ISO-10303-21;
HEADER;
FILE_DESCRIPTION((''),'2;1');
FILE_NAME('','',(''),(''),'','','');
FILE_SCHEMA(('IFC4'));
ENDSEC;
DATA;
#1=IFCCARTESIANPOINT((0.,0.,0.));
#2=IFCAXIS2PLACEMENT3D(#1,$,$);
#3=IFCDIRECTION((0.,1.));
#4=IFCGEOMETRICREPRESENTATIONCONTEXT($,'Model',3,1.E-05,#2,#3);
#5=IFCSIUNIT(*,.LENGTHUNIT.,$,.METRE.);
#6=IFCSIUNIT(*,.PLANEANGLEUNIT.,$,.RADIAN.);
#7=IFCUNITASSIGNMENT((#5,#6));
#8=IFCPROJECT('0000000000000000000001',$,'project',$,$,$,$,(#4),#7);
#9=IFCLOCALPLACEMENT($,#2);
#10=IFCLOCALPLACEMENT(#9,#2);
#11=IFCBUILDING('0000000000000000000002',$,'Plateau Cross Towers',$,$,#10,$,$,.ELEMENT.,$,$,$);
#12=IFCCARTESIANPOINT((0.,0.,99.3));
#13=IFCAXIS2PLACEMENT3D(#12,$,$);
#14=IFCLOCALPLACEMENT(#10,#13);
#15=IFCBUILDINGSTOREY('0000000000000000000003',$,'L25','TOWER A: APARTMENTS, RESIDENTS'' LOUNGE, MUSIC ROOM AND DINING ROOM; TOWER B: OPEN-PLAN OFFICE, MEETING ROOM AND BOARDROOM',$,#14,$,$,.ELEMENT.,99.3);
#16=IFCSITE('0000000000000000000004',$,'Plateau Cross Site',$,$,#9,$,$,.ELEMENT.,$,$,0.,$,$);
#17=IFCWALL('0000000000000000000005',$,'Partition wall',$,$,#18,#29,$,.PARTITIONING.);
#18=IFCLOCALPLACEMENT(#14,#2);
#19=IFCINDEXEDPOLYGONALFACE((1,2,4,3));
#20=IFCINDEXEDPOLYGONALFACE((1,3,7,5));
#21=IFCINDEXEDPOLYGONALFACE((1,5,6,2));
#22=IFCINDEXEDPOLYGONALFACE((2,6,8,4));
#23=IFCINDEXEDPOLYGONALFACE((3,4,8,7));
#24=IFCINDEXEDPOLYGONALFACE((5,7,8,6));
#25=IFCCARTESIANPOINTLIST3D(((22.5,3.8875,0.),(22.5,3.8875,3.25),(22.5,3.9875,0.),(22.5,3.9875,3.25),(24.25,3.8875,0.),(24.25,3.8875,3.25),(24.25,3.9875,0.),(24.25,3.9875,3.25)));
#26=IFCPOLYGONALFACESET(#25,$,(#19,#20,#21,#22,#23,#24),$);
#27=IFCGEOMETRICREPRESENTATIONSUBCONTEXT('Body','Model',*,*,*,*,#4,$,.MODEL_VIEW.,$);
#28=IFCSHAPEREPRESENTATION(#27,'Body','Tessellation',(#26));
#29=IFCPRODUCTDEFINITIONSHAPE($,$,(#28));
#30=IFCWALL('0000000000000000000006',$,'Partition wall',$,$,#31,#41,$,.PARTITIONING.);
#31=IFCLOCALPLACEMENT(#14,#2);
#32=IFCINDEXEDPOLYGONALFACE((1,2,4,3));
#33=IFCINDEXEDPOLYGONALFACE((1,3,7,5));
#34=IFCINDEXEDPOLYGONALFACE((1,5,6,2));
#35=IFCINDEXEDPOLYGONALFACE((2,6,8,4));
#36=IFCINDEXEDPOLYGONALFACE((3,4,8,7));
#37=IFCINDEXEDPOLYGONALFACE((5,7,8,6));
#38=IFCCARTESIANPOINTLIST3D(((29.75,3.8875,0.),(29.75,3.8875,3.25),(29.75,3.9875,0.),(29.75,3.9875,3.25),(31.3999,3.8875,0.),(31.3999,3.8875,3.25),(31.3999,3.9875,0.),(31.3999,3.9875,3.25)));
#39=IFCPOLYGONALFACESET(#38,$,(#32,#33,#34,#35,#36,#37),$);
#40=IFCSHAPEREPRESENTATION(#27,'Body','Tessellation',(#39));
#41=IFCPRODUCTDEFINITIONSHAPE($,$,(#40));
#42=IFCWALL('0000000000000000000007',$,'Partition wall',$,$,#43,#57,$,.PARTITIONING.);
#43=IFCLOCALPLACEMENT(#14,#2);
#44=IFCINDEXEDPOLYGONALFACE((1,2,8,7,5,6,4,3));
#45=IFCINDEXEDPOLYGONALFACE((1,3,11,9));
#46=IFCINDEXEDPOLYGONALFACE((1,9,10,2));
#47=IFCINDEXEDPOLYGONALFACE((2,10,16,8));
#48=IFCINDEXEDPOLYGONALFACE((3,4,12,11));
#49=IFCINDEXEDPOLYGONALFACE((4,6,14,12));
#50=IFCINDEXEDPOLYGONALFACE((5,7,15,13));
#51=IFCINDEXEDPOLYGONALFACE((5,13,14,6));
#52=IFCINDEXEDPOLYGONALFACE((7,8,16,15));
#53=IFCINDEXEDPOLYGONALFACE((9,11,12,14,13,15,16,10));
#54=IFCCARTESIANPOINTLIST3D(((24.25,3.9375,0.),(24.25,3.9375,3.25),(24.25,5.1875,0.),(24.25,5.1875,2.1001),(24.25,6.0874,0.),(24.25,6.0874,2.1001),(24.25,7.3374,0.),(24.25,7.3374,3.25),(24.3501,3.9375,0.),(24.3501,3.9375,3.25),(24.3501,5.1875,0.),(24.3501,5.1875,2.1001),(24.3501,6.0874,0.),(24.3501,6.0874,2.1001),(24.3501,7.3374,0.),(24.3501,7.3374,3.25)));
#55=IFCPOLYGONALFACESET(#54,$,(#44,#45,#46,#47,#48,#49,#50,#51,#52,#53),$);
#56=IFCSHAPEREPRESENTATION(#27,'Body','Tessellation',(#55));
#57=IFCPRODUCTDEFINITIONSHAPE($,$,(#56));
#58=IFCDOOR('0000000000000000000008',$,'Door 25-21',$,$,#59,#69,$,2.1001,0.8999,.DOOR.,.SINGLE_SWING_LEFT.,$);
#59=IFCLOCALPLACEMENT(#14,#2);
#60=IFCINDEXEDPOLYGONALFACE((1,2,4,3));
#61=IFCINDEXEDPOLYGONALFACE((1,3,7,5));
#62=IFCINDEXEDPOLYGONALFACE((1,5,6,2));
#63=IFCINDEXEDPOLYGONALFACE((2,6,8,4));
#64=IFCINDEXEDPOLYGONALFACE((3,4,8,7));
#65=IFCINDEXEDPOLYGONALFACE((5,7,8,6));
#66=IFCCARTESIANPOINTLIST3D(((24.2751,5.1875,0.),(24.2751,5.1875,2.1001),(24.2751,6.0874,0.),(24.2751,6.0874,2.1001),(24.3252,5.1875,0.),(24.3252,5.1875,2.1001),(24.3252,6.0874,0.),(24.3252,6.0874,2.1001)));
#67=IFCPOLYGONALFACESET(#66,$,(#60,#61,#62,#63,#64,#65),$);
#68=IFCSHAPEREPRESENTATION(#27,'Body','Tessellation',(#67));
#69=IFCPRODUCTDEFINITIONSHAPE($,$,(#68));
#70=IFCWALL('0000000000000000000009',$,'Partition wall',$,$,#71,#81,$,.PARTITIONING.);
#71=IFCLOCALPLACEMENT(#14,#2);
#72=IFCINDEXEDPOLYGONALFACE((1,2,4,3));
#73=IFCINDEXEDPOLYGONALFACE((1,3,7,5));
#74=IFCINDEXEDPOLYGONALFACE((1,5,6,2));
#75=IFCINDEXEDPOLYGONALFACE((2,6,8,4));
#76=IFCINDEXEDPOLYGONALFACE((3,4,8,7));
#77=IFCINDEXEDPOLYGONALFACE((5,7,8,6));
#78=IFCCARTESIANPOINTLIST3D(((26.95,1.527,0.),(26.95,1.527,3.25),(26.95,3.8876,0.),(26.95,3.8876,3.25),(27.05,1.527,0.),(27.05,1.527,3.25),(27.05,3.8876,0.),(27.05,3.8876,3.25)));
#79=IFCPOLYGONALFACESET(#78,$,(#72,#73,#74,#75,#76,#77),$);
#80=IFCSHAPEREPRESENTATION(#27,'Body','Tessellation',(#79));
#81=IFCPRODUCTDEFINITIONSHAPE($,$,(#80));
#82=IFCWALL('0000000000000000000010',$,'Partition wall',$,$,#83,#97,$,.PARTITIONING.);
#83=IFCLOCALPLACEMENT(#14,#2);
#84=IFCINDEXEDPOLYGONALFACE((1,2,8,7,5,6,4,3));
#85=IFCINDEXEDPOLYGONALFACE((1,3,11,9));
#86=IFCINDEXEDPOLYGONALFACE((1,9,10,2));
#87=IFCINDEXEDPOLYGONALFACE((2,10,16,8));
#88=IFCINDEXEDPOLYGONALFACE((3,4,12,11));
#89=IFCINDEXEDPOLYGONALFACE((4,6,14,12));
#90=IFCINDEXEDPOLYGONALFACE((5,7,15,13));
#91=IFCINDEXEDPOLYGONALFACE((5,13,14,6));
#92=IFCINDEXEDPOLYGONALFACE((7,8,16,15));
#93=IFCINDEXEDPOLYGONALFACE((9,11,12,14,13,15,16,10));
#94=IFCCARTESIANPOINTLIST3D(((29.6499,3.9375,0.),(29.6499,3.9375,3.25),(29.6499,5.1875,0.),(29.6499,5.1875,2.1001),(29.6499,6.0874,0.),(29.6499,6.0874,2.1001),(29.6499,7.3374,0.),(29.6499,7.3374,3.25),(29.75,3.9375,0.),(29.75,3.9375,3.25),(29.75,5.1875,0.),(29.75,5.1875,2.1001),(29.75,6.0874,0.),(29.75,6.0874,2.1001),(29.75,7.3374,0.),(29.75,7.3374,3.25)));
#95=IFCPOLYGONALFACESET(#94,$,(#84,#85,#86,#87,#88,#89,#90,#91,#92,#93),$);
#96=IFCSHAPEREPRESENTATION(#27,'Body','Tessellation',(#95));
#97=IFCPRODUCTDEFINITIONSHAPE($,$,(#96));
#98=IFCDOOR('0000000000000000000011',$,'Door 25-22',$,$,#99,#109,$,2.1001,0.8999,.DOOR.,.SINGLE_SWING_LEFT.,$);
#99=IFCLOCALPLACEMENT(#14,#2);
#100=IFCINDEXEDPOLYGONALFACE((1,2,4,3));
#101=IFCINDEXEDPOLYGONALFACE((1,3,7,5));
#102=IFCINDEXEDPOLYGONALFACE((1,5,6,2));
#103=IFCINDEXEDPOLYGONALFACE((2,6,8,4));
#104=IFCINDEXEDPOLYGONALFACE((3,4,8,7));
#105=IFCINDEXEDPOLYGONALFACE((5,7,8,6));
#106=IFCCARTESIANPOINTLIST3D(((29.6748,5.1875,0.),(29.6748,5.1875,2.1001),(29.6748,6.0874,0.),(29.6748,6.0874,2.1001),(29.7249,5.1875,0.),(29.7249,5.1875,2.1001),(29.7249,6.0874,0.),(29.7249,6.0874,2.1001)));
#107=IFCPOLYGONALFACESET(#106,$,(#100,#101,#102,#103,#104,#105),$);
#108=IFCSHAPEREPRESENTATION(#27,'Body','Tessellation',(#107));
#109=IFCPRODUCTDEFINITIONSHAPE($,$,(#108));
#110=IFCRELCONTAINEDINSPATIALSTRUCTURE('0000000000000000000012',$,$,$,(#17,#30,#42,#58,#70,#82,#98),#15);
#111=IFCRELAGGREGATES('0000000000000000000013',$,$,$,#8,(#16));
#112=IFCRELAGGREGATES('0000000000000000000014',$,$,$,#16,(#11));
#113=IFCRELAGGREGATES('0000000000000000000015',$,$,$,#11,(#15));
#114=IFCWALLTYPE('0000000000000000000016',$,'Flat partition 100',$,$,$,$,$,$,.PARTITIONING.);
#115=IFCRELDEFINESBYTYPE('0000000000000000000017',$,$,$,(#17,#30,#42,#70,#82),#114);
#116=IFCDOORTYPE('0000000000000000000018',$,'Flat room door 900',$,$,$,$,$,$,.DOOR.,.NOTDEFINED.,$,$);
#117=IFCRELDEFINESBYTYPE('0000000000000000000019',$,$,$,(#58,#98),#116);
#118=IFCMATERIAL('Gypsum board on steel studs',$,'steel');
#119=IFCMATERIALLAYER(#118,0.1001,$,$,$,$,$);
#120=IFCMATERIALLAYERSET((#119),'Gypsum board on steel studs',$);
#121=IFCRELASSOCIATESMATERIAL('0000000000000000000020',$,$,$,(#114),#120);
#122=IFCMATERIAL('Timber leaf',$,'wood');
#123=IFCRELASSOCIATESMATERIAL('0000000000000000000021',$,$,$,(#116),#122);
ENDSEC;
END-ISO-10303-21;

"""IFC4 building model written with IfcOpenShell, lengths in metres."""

from ifc_helpers import new_model, si_unit, direction, frame, frame_2d, origin, place, context, subcontext, project, spatial, rectangle, extrude, material, layer, layer_set, type_object, element, fill, save


model = new_model("IFC4")

# Units and contexts
model_context = context("Model", 3, precision=1e-05, world=origin(), true_north=direction((0.0, 1.0)))
body_context = subcontext(model_context, "Body", "Model", "MODEL_VIEW")
ifc_project = project(units=[si_unit("LENGTHUNIT", "METRE"), si_unit("PLANEANGLEUNIT", "RADIAN")], contexts=[model_context])

# Site, building, storey
site_placement = place(None, origin())
site = spatial("IfcSite", under=ifc_project, at=site_placement, Name="Plateau Cross Site", CompositionType="ELEMENT", RefElevation=0.0)
building_placement = place(site_placement, origin())
building = spatial("IfcBuilding", under=site, at=building_placement, Name="Plateau Cross Towers", CompositionType="ELEMENT")
storey_placement = place(building_placement, frame((0.0, 0.0, 99.3)))
storey = spatial("IfcBuildingStorey", under=building, at=storey_placement, Name="L25", Description="TOWER A: APARTMENTS, RESIDENTS' LOUNGE, MUSIC ROOM AND DINING ROOM; TOWER B: OPEN-PLAN OFFICE, MEETING ROOM AND BOARDROOM", CompositionType="ELEMENT", Elevation=99.3)

# Shared definitions
ifc_material_1 = material(Name="Gypsum board on steel studs", Category="steel")
ifc_layer_1 = layer(ifc_material_1, 0.1001)
ifc_layer_set_1 = layer_set([ifc_layer_1], Name="Gypsum board on steel studs")
wall_type_1 = type_object("IfcWallType", Name="Flat partition 100", PredefinedType="PARTITIONING", material=ifc_layer_set_1)
ifc_material_2 = material(Name="Timber leaf", Category="wood")
door_type_1 = type_object("IfcDoorType", Name="Flat room door 900", OperationType="NOTDEFINED", PredefinedType="DOOR", material=ifc_material_2)

# Walls
wall_1_placement = place(storey_placement, frame((22.5, 3.9375, 0.0), z_axis=(0.0, 0.0, 1.0), x_axis=(1.0, 0.0, 0.0)))
element("IfcWall", 1, at=wall_1_placement, inside=storey, type_object=wall_type_1, Name="Partition wall", PredefinedType="PARTITIONING", context=body_context, shape_type="SweptSolid", body=[
    extrude(rectangle(XDim=1.75, YDim=0.1001, at=frame_2d((0.875, 0.0))), origin(), (0.0, 0.0, 1.0), 3.25),
])
wall_2_placement = place(storey_placement, frame((29.75, 3.9375, 0.0), z_axis=(0.0, 0.0, 1.0), x_axis=(1.0, 0.0, 0.0)))
element("IfcWall", 2, at=wall_2_placement, inside=storey, type_object=wall_type_1, Name="Partition wall", PredefinedType="PARTITIONING", context=body_context, shape_type="SweptSolid", body=[
    extrude(rectangle(XDim=1.6499, YDim=0.1001, at=frame_2d((0.825, 0.0))), origin(), (0.0, 0.0, 1.0), 3.25),
])

# Wall, opening, door
wall_3_placement = place(storey_placement, frame((24.3, 3.9375, 0.0), z_axis=(0.0, 0.0, 1.0), x_axis=(0.0, 1.0, 0.0)))
wall_3 = element("IfcWall", 3, at=wall_3_placement, inside=storey, type_object=wall_type_1, Name="Partition wall", PredefinedType="PARTITIONING", context=body_context, shape_type="SweptSolid", body=[
    extrude(rectangle(XDim=3.3999, YDim=0.1001, at=frame_2d((1.7, 0.0))), origin(), (0.0, 0.0, 1.0), 3.25),
])
opening_1_placement = place(wall_3_placement, frame((1.25, 0.0, 0.0)))
opening_1 = element("IfcOpeningElement", 4, at=opening_1_placement, cuts=wall_3, PredefinedType="OPENING", context=body_context, shape_type="SweptSolid", body=[
    extrude(rectangle(XDim=0.8999, YDim=2.1001, at=frame_2d((0.45, 1.05))), frame((0.0, 0.0601, 0.0), z_axis=(0.0, -1.0, 0.0), x_axis=(1.0, 0.0, 0.0)), (0.0, 0.0, 1.0), 0.1201),
])
door_1_placement = place(opening_1_placement, origin())
door_1 = element("IfcDoor", 5, at=door_1_placement, inside=storey, type_object=door_type_1, Name="Door 25-21", OperationType="SINGLE_SWING_LEFT", OverallHeight=2.1001, OverallWidth=0.8999, PredefinedType="DOOR", context=body_context, shape_type="SweptSolid", body=[
    extrude(rectangle(XDim=0.8999, YDim=2.1001, at=frame_2d((0.45, 1.05))), frame((0.0, 0.0249, 0.0), z_axis=(0.0, -1.0, 0.0), x_axis=(1.0, 0.0, 0.0)), (0.0, 0.0, 1.0), 0.05),
])
fill(opening_1, door_1)

# Wall
wall_4_placement = place(storey_placement, frame((27.0, 3.8875, 0.0), z_axis=(0.0, 0.0, 1.0), x_axis=(0.0, -1.0, 0.0)))
element("IfcWall", 6, at=wall_4_placement, inside=storey, type_object=wall_type_1, Name="Partition wall", PredefinedType="PARTITIONING", context=body_context, shape_type="SweptSolid", body=[
    extrude(rectangle(XDim=2.3606, YDim=0.1001, at=frame_2d((1.1802, 0.0))), origin(), (0.0, 0.0, 1.0), 3.25),
])

# Wall, opening, door
wall_5_placement = place(storey_placement, frame((29.7, 7.3374, 0.0), z_axis=(0.0, 0.0, 1.0), x_axis=(0.0, -1.0, 0.0)))
wall_5 = element("IfcWall", 7, at=wall_5_placement, inside=storey, type_object=wall_type_1, Name="Partition wall", PredefinedType="PARTITIONING", context=body_context, shape_type="SweptSolid", body=[
    extrude(rectangle(XDim=3.3999, YDim=0.1001, at=frame_2d((1.7, 0.0))), origin(), (0.0, 0.0, 1.0), 3.25),
])
opening_2_placement = place(wall_5_placement, frame((1.25, 0.0, 0.0)))
opening_2 = element("IfcOpeningElement", 8, at=opening_2_placement, cuts=wall_5, PredefinedType="OPENING", context=body_context, shape_type="SweptSolid", body=[
    extrude(rectangle(XDim=0.8999, YDim=2.1001, at=frame_2d((0.45, 1.05))), frame((0.0, 0.0601, 0.0), z_axis=(0.0, -1.0, 0.0), x_axis=(1.0, 0.0, 0.0)), (0.0, 0.0, 1.0), 0.1201),
])
door_2_placement = place(opening_2_placement, origin())
door_2 = element("IfcDoor", 9, at=door_2_placement, inside=storey, type_object=door_type_1, Name="Door 25-22", OperationType="SINGLE_SWING_LEFT", OverallHeight=2.1001, OverallWidth=0.8999, PredefinedType="DOOR", context=body_context, shape_type="SweptSolid", body=[
    extrude(rectangle(XDim=0.8999, YDim=2.1001, at=frame_2d((0.45, 1.05))), frame((0.0, 0.0249, 0.0), z_axis=(0.0, -1.0, 0.0), x_axis=(1.0, 0.0, 0.0)), (0.0, 0.0, 1.0), 0.05),
])
fill(opening_2, door_2)

save(model, "model.ifc")
